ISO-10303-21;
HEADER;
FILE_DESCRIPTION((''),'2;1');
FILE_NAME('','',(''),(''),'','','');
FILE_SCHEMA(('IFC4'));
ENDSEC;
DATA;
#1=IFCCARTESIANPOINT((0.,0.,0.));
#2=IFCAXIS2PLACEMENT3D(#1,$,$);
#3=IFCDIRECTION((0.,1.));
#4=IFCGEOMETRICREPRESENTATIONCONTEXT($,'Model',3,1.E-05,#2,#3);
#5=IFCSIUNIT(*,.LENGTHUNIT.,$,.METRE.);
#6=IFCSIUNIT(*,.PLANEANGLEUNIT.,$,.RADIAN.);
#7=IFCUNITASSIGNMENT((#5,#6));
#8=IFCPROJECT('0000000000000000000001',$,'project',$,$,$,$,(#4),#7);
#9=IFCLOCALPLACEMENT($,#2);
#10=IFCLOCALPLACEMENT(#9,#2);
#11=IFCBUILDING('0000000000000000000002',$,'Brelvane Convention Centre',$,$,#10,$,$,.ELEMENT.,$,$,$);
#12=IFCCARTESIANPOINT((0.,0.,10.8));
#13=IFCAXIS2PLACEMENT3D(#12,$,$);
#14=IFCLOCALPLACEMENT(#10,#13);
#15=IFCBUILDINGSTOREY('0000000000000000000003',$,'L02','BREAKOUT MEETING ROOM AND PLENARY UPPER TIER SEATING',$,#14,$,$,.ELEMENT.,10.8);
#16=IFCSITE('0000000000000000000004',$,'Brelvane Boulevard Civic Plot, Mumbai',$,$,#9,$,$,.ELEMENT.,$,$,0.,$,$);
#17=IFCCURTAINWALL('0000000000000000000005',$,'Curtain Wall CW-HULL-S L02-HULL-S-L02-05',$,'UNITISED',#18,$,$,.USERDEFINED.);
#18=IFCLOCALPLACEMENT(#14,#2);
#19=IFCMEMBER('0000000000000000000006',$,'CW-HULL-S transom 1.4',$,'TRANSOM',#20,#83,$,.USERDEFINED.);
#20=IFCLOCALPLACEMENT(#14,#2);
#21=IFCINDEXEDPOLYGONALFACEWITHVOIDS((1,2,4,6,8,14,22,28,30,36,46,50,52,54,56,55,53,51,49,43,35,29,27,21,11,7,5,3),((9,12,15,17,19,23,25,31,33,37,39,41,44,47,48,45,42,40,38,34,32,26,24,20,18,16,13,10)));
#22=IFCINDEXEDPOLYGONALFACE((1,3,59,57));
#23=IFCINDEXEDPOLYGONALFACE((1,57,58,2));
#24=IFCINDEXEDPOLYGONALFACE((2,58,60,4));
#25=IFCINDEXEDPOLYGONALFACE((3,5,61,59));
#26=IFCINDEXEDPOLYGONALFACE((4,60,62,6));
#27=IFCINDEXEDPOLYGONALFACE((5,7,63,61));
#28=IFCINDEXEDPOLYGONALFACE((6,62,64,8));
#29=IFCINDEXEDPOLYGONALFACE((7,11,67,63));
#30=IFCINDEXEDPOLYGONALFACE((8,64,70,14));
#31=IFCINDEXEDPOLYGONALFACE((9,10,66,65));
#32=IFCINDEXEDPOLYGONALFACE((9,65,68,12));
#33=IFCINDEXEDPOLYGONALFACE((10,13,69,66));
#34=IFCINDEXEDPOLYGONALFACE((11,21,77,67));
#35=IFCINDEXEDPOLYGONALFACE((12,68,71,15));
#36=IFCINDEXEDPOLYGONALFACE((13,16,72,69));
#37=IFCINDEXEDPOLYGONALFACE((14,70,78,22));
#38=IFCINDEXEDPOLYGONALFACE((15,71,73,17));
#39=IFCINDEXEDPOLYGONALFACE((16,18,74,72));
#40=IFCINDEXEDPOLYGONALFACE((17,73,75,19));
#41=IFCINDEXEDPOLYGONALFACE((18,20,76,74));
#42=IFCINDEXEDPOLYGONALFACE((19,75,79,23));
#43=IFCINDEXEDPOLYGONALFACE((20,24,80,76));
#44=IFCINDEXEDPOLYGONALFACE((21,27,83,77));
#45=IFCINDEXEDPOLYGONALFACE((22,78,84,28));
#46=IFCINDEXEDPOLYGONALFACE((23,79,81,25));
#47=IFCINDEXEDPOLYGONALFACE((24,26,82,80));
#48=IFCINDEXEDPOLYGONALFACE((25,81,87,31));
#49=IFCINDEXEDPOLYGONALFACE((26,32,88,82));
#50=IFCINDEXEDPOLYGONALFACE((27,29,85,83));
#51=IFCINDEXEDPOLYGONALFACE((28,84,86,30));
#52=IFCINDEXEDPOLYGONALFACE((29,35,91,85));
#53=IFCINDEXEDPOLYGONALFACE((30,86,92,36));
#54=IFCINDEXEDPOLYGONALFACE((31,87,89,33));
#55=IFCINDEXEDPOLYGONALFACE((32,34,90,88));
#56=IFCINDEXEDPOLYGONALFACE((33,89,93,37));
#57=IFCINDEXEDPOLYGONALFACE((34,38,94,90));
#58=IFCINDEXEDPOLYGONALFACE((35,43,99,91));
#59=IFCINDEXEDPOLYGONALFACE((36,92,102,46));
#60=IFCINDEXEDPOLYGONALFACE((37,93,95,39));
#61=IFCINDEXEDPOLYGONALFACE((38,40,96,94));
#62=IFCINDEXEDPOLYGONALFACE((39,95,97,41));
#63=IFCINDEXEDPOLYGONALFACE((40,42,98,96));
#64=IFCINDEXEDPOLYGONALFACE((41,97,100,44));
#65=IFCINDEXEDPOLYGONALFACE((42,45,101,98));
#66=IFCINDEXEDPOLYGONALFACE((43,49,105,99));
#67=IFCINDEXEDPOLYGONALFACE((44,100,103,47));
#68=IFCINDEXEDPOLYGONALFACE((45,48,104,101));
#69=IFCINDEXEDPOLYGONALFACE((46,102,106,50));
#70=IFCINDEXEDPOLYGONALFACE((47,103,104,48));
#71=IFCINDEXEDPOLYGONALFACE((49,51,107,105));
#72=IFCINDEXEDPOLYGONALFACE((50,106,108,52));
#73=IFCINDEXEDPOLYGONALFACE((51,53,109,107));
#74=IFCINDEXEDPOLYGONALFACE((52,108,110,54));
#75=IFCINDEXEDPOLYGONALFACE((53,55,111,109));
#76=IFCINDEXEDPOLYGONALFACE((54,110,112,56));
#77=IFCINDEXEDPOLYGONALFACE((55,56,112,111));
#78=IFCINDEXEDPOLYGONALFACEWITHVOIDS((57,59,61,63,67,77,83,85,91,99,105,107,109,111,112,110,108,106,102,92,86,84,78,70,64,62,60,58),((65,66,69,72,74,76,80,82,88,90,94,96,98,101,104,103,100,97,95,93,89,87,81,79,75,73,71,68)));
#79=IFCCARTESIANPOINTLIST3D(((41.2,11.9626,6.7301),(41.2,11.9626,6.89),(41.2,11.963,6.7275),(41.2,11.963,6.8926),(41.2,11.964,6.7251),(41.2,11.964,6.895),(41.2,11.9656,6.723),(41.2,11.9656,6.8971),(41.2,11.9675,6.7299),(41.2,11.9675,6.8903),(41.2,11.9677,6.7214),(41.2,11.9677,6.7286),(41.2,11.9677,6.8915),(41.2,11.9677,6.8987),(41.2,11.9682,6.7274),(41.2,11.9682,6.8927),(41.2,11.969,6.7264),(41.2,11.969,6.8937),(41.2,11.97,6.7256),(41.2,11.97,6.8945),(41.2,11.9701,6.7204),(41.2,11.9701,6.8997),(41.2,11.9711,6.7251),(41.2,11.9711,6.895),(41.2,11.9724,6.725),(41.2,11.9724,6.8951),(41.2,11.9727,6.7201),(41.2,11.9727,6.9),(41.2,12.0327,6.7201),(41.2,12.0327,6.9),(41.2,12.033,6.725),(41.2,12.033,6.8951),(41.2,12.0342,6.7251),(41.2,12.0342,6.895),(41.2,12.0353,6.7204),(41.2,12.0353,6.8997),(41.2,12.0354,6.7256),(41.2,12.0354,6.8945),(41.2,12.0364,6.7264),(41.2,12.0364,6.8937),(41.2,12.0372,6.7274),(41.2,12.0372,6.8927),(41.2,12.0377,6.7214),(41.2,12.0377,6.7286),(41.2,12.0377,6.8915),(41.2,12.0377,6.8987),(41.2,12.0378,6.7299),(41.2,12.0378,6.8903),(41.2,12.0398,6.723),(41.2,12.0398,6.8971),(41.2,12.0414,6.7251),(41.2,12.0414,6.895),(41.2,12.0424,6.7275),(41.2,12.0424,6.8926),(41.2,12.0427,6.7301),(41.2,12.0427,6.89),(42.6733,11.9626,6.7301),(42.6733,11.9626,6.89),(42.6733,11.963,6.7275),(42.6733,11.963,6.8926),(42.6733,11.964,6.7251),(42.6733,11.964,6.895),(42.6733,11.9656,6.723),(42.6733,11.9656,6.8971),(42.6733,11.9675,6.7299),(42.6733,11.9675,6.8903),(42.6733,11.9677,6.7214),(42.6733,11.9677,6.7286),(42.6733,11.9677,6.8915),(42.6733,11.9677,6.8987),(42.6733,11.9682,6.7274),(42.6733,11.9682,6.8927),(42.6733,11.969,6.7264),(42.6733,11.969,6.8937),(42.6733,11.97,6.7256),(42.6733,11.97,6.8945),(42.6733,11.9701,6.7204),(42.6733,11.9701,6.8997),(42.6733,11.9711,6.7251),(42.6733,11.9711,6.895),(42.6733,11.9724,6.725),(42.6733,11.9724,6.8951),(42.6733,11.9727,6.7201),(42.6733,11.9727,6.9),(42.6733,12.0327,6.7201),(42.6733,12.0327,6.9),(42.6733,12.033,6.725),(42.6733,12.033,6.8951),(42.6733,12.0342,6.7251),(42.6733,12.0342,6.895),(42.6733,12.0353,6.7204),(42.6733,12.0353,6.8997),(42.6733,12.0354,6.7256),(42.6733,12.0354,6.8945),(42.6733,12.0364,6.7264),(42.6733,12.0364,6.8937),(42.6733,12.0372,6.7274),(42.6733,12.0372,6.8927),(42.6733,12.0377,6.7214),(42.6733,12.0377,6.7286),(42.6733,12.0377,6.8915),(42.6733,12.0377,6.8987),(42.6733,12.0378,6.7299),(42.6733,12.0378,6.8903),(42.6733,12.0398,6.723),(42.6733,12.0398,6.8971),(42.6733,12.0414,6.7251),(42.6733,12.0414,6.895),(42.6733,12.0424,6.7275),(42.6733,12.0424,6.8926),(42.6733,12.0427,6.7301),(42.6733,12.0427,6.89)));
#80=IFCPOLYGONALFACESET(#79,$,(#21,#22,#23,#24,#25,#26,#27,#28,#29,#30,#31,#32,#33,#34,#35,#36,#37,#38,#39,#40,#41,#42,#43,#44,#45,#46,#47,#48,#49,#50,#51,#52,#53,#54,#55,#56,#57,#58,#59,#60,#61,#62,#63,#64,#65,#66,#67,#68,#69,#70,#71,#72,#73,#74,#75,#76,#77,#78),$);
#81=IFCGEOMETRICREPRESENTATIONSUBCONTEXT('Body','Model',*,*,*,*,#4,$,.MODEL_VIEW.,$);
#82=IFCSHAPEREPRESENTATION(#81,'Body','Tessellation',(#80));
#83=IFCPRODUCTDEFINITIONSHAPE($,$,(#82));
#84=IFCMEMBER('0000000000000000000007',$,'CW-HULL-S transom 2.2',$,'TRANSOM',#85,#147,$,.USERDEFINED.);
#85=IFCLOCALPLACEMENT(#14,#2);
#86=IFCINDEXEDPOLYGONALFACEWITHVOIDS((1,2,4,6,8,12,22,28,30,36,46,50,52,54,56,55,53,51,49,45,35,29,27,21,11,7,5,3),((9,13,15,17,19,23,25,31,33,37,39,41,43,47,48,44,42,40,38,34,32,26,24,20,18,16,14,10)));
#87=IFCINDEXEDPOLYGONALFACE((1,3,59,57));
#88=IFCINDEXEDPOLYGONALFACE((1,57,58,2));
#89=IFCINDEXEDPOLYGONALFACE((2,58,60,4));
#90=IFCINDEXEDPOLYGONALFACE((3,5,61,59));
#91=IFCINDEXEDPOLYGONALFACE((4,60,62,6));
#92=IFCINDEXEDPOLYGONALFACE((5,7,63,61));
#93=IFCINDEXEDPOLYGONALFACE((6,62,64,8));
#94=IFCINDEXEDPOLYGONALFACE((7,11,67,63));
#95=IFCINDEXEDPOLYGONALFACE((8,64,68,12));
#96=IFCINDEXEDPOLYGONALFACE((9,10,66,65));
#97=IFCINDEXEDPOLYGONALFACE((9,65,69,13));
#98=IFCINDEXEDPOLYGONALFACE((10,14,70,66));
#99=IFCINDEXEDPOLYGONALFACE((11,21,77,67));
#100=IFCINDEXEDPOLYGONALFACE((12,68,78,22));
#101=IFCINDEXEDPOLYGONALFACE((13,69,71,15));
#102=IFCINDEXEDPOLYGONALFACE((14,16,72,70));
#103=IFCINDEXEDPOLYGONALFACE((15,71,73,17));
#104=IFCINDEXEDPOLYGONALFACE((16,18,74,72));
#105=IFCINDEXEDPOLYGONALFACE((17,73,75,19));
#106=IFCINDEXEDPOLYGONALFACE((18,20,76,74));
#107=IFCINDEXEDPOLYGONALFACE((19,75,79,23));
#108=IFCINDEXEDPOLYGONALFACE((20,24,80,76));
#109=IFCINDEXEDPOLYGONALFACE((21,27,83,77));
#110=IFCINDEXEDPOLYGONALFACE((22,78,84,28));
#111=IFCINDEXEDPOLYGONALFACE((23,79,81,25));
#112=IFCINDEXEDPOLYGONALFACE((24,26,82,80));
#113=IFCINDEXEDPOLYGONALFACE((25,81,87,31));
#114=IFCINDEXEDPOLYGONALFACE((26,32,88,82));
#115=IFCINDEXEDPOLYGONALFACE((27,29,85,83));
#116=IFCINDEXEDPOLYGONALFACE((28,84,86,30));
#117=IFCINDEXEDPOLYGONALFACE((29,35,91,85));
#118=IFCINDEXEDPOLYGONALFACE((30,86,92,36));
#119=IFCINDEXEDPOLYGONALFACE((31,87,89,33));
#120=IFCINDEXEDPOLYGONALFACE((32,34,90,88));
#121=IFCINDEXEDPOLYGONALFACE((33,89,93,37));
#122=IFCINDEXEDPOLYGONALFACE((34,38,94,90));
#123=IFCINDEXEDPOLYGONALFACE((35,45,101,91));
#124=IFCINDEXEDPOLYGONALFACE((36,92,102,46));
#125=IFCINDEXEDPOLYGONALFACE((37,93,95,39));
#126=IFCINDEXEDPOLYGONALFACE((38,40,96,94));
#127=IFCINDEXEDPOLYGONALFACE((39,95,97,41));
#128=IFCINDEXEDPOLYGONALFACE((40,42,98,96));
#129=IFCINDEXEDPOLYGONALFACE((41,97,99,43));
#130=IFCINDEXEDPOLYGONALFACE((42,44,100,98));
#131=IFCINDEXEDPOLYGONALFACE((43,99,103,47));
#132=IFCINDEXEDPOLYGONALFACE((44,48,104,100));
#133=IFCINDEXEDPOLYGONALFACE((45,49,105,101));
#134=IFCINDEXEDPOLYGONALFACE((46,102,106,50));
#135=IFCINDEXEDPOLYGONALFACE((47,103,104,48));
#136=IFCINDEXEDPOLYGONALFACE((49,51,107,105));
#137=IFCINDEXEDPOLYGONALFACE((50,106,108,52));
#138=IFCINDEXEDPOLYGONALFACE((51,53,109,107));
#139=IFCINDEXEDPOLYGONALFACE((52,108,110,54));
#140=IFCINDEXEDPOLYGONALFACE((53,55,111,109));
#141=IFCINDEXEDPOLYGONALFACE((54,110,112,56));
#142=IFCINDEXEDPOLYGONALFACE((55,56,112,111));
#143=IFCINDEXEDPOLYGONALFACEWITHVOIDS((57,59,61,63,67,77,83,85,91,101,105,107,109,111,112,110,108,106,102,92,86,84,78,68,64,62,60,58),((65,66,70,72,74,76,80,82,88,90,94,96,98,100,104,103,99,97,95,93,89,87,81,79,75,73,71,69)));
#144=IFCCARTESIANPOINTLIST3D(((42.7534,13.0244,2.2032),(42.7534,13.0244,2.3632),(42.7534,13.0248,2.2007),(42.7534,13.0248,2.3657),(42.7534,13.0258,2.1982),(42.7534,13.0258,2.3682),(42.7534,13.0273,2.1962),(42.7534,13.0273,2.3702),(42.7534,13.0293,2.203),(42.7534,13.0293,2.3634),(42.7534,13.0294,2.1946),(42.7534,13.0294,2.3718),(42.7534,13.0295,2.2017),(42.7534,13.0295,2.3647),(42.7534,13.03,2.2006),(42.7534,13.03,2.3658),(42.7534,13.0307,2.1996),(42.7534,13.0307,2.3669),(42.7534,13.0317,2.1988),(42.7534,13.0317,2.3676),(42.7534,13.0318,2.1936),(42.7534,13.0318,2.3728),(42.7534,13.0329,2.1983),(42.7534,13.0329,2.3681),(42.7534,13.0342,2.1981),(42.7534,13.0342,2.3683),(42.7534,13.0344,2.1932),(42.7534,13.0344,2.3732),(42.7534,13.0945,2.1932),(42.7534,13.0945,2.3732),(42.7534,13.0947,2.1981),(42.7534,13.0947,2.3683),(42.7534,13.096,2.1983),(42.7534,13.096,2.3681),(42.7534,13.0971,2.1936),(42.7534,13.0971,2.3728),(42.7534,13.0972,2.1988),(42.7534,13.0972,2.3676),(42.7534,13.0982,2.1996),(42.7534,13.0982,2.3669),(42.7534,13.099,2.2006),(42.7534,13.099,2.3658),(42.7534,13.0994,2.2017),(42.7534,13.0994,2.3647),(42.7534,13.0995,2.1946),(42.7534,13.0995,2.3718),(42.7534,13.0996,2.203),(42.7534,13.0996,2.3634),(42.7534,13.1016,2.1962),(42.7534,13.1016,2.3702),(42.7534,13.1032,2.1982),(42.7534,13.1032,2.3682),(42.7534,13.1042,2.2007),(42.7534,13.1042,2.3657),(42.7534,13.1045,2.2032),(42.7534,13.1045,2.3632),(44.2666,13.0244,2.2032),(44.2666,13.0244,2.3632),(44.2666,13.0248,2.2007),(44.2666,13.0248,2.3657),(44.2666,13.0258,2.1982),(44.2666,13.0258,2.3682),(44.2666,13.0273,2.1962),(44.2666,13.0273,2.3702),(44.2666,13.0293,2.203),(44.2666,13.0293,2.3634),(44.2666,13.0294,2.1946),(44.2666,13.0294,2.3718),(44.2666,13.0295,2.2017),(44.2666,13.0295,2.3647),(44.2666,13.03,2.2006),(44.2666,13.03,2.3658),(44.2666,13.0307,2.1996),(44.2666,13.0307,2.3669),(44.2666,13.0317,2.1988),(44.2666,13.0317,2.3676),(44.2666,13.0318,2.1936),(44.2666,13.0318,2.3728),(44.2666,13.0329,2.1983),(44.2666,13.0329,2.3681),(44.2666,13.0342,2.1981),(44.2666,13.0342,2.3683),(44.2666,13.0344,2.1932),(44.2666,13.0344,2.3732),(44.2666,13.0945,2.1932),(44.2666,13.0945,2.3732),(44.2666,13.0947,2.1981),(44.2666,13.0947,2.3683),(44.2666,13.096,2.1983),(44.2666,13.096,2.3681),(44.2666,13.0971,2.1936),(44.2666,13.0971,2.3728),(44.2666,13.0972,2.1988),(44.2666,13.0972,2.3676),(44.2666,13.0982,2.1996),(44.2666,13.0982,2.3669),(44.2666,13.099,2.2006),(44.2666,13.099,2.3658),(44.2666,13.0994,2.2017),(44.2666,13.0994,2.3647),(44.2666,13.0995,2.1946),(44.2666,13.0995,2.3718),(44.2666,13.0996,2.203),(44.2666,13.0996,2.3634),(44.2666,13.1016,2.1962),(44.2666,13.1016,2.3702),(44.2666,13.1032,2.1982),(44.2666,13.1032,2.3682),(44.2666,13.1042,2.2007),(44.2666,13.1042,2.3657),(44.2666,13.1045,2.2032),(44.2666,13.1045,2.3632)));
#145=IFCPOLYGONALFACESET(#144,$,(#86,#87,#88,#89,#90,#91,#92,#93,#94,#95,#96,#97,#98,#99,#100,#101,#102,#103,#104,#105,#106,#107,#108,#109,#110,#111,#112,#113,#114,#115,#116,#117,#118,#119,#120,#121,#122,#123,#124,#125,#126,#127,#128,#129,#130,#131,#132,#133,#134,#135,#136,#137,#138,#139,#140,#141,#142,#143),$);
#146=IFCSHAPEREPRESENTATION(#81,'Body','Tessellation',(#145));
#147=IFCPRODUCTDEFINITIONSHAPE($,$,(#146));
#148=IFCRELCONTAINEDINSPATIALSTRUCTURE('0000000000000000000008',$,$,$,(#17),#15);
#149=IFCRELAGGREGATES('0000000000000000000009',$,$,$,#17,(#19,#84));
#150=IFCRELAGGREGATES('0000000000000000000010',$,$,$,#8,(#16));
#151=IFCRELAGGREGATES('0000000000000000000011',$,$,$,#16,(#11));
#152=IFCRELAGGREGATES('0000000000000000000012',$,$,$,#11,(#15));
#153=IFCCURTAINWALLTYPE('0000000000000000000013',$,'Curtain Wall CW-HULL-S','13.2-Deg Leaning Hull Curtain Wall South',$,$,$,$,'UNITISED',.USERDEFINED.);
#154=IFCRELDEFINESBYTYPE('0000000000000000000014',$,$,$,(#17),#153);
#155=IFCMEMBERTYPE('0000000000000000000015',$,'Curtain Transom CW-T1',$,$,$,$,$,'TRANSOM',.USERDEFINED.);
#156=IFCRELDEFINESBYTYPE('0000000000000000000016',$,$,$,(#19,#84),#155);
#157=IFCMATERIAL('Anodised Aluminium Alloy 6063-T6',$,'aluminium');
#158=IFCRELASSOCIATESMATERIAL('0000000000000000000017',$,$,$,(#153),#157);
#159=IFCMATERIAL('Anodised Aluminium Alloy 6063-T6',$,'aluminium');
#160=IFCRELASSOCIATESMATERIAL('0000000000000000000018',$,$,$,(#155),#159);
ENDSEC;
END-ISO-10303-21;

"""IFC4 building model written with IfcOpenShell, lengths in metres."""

from ifc_helpers import new_model, si_unit, direction, frame, origin, origin_2d, place, context, subcontext, project, spatial, hollow_rectangle, extrude, material, material_profile, profile_set, type_object, element, aggregate, save


model = new_model("IFC4")

# Units and contexts
model_context = context("Model", 3, precision=1e-05, world=origin(), true_north=direction((0.0, 1.0)))
body_context = subcontext(model_context, "Body", "Model", "MODEL_VIEW")
ifc_project = project(units=[si_unit("LENGTHUNIT", "METRE"), si_unit("PLANEANGLEUNIT", "RADIAN")], contexts=[model_context])

# Site, building, storey
site_placement = place(None, origin())
site = spatial("IfcSite", under=ifc_project, at=site_placement, Name="Brelvane Boulevard Civic Plot, Mumbai", CompositionType="ELEMENT", RefElevation=0.0)
building_placement = place(site_placement, origin())
building = spatial("IfcBuilding", under=site, at=building_placement, Name="Brelvane Convention Centre", CompositionType="ELEMENT")
storey_placement = place(building_placement, frame((0.0, 0.0, 10.8)))
storey = spatial("IfcBuildingStorey", under=building, at=storey_placement, Name="L02", Description="BREAKOUT MEETING ROOM AND PLENARY UPPER TIER SEATING", CompositionType="ELEMENT", Elevation=10.8)

# Curtain wall, members
ifc_material_1 = material(Name="Anodised Aluminium Alloy 6063-T6", Category="aluminium")
curtain_wall_type = type_object("IfcCurtainWallType", Name="Curtain Wall CW-HULL-S", Description="13.2-Deg Leaning Hull Curtain Wall South", ElementType="UNITISED", PredefinedType="USERDEFINED", material=ifc_material_1)
curtain_wall_placement = place(storey_placement, origin())
curtain_wall = element("IfcCurtainWall", 1, at=curtain_wall_placement, inside=storey, type_object=curtain_wall_type, Name="Curtain Wall CW-HULL-S L02-HULL-S-L02-05", ObjectType="UNITISED", PredefinedType="USERDEFINED")
ifc_material_2 = material(Name="Anodised Aluminium Alloy 6063-T6", Category="aluminium")
ifc_material_profile = material_profile(ifc_material_2, hollow_rectangle(XDim=0.0801, YDim=0.1799, WallThickness=0.0049, InnerFilletRadius=0.0049, OuterFilletRadius=0.01, at=origin_2d()), Name="ALU-T 180x80x5.0")
ifc_profile_set = profile_set([ifc_material_profile], Name="Anodised Aluminium Alloy 6063-T6")
member_type = type_object("IfcMemberType", Name="Curtain Transom CW-T1", ElementType="TRANSOM", PredefinedType="USERDEFINED", material=ifc_profile_set)
member_1_placement = place(storey_placement, frame((41.2, 12.0027, 6.8101), z_axis=(1.0, 0.0, 0.0), x_axis=(0.0, 1.0, 0.0)))
member_1 = element("IfcMember", 2, at=member_1_placement, type_object=member_type, Name="CW-HULL-S transom 1.4", ObjectType="TRANSOM", PredefinedType="USERDEFINED", context=body_context, shape_type="SweptSolid", body=[
    extrude(hollow_rectangle(XDim=0.0801, YDim=0.1799, WallThickness=0.0049, InnerFilletRadius=0.0049, OuterFilletRadius=0.01, at=origin_2d()), origin(), (0.0, 0.0, 1.0), 1.4734),
])
member_2_placement = place(storey_placement, frame((42.7534, 13.0645, 2.2832), z_axis=(1.0, 0.0, 0.0), x_axis=(0.0, 1.0, 0.0)))
member_2 = element("IfcMember", 3, at=member_2_placement, type_object=member_type, Name="CW-HULL-S transom 2.2", ObjectType="TRANSOM", PredefinedType="USERDEFINED", context=body_context, shape_type="SweptSolid", body=[
    extrude(hollow_rectangle(XDim=0.0801, YDim=0.1799, WallThickness=0.0049, InnerFilletRadius=0.0049, OuterFilletRadius=0.01, at=origin_2d()), origin(), (0.0, 0.0, 1.0), 1.5132),
])
aggregate(curtain_wall, [member_1, member_2])

save(model, "model.ifc")
